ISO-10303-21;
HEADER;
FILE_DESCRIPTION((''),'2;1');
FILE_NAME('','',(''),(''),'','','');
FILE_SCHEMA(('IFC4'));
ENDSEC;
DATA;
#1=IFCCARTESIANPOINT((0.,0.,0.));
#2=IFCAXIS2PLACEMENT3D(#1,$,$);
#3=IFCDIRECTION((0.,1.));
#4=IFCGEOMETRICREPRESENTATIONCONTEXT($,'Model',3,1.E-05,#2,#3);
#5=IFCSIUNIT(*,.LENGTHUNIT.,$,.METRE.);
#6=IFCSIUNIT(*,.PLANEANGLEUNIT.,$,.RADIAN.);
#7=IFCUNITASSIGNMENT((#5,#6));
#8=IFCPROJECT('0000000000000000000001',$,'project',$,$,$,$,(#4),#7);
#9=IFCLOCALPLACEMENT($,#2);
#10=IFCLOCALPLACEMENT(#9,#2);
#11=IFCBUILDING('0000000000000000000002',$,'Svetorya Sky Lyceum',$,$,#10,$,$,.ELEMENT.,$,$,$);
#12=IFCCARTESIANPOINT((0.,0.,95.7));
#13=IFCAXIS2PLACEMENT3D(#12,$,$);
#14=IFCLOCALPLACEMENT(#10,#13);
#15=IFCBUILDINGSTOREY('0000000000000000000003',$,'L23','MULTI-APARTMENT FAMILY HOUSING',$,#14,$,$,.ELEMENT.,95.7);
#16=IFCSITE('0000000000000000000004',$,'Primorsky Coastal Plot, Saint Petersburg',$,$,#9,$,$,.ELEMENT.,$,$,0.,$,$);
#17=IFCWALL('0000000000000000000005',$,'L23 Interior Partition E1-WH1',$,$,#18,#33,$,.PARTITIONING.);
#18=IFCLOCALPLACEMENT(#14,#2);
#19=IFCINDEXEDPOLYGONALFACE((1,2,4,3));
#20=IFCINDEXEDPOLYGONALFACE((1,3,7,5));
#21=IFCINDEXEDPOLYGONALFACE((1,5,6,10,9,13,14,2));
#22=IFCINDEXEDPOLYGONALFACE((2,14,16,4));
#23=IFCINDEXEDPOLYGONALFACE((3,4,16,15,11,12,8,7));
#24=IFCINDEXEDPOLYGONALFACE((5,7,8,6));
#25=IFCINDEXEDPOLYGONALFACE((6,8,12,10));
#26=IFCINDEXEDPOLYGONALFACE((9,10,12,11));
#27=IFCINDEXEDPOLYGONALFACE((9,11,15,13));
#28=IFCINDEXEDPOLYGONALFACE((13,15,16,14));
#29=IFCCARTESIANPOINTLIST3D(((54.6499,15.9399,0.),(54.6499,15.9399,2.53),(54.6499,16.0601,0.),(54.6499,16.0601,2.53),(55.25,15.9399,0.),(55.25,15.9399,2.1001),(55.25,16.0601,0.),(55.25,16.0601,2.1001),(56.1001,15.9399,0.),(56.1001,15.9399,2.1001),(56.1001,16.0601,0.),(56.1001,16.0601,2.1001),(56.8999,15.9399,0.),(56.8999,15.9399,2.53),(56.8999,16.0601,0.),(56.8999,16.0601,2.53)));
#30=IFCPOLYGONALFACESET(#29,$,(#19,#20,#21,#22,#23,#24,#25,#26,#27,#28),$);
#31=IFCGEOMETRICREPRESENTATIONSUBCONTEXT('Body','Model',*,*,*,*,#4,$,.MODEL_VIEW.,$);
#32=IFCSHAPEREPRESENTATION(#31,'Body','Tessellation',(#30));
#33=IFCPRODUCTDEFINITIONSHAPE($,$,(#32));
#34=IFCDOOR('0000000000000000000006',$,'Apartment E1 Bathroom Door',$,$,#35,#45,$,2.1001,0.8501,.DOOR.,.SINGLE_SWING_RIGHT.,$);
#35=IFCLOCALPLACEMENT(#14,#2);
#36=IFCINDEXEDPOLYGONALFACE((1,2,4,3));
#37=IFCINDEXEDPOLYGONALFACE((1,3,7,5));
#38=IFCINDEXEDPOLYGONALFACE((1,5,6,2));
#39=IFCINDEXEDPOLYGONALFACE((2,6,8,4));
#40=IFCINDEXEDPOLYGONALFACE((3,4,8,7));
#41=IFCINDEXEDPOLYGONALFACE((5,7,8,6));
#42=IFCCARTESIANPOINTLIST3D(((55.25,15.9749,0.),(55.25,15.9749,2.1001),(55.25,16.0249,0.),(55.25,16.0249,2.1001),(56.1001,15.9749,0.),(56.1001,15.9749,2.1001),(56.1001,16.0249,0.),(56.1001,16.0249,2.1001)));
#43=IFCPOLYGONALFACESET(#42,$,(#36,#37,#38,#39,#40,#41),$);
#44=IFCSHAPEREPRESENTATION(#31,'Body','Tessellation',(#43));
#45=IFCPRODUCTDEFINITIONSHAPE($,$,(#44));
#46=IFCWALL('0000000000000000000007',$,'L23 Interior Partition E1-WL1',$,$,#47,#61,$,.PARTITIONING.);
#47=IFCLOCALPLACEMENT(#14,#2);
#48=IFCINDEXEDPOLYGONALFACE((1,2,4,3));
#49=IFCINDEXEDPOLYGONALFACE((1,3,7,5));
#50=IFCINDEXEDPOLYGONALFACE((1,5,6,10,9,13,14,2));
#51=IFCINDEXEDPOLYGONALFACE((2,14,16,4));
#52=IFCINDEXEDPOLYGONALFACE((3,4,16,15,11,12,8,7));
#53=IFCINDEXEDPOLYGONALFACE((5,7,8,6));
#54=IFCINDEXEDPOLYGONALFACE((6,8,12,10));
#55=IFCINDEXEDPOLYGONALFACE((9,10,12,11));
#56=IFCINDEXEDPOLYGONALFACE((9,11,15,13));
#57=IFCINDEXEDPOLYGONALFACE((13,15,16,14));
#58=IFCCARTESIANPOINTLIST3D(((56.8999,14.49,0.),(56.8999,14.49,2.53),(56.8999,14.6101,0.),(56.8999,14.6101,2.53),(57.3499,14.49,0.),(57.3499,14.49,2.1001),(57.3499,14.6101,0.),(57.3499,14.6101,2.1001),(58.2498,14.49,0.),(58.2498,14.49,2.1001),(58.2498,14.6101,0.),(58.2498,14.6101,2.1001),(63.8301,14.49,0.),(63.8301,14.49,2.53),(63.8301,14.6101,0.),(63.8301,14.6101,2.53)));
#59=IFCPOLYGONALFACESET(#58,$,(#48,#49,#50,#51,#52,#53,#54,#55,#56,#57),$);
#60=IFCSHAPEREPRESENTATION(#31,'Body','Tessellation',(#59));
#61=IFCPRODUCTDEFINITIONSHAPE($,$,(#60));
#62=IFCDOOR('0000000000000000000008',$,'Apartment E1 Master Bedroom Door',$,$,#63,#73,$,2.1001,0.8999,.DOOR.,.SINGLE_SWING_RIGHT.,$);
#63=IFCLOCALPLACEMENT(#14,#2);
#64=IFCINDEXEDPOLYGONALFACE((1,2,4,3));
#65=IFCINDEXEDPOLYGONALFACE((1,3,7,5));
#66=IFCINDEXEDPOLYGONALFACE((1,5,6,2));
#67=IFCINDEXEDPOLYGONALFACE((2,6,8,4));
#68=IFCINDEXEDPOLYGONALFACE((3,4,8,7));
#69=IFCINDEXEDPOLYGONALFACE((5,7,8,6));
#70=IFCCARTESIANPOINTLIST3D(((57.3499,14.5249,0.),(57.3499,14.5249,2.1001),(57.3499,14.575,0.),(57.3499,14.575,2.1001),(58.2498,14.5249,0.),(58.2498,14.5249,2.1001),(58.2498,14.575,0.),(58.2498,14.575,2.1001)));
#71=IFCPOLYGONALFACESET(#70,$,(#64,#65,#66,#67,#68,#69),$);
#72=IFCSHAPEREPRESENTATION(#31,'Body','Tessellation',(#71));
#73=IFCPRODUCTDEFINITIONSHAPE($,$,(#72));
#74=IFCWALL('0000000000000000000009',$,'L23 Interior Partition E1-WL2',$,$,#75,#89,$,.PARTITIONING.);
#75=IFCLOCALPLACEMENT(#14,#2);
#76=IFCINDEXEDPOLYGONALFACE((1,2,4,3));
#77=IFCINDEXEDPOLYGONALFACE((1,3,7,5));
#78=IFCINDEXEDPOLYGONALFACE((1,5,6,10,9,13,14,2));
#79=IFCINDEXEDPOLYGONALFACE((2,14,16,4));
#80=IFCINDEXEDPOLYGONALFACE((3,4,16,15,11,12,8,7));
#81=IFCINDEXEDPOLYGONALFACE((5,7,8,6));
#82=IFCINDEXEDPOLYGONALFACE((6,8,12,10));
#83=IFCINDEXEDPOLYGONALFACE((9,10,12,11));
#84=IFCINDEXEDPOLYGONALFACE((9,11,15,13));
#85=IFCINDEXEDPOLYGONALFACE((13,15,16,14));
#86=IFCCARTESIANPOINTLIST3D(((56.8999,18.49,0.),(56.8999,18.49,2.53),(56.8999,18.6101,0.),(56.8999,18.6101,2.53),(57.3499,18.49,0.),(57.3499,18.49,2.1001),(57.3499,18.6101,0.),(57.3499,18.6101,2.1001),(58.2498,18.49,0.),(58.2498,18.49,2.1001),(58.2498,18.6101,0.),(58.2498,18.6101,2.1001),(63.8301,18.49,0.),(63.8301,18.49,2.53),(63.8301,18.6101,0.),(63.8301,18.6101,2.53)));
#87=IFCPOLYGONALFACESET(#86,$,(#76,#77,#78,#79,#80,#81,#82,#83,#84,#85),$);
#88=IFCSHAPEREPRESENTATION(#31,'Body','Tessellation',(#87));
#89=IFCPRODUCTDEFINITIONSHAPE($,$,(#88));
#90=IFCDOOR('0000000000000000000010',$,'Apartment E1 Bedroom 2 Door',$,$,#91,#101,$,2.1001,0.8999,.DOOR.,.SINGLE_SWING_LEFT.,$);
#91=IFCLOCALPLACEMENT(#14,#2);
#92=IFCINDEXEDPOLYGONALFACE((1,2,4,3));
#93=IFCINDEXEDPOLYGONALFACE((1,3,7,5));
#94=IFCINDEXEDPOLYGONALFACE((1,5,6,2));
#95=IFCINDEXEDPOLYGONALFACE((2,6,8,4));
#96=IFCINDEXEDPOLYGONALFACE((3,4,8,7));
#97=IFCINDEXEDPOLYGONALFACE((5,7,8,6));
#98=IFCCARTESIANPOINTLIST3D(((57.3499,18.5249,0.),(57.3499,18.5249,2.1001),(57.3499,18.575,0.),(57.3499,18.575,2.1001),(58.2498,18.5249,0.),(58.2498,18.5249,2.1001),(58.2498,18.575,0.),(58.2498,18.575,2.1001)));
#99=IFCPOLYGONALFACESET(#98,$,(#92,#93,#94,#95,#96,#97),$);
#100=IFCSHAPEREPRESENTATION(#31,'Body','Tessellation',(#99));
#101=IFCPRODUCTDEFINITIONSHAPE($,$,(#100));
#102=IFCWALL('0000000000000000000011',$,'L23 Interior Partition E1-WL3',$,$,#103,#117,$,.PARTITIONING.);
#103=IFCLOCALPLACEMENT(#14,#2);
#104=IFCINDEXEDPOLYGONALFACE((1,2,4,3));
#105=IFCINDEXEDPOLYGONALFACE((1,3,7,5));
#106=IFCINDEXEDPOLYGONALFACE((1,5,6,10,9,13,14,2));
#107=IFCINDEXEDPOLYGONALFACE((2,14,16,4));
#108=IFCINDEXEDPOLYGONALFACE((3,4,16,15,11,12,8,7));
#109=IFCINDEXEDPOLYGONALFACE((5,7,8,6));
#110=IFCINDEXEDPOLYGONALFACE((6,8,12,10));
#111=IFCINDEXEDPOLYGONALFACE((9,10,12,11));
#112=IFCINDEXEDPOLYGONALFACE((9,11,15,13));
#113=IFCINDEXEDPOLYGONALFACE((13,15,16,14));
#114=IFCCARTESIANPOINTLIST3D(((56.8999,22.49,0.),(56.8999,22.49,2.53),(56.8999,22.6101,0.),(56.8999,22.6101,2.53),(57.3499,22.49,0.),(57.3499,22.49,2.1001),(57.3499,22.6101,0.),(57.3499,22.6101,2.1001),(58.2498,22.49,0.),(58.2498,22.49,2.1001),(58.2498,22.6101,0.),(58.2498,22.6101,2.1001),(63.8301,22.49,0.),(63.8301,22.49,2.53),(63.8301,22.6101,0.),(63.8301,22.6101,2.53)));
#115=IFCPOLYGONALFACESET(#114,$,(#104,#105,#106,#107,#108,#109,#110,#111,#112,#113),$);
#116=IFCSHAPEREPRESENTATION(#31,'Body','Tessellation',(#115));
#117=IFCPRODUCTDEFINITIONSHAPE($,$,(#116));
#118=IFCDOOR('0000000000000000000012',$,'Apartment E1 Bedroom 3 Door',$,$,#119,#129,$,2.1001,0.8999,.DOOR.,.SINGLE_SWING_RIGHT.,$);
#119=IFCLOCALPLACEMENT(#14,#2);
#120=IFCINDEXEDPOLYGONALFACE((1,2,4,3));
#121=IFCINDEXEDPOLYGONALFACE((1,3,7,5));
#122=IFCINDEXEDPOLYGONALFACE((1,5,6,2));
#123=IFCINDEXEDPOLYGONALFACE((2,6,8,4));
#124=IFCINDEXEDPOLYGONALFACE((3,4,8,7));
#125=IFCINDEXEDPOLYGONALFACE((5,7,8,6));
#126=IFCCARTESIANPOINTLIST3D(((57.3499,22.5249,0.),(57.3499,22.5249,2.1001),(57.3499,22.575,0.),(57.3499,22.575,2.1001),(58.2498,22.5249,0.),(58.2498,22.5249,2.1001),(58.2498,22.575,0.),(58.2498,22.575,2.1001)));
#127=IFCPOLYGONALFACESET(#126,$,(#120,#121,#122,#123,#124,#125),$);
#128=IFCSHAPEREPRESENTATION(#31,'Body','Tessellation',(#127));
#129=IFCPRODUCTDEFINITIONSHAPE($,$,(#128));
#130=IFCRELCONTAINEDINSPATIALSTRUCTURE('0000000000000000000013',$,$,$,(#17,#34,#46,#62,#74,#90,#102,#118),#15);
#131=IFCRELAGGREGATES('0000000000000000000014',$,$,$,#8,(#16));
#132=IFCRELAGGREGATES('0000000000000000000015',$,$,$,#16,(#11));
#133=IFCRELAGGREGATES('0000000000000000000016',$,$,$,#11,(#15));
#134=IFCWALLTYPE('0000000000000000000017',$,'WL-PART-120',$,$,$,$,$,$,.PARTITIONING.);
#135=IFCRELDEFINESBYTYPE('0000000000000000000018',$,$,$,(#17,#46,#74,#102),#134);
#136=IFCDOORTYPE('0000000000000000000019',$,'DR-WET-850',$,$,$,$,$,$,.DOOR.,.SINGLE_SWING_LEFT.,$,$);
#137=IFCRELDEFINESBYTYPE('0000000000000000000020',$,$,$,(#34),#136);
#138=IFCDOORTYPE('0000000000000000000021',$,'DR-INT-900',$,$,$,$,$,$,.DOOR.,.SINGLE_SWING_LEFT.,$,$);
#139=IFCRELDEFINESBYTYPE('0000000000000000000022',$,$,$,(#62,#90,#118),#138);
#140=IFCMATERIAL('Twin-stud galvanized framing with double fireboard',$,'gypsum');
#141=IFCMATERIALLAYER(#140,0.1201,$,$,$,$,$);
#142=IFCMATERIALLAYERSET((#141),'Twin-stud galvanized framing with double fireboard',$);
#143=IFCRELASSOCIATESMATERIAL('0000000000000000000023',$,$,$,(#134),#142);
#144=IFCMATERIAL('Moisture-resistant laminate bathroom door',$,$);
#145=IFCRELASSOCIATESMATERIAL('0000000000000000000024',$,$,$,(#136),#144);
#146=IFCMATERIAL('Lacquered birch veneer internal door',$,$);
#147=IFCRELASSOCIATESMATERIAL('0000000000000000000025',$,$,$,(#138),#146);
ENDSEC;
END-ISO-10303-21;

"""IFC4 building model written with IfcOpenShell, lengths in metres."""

from ifc_helpers import new_model, si_unit, direction, frame, frame_2d, origin, place, context, subcontext, project, spatial, rectangle, extrude, material, layer, layer_set, type_object, element, fill, save


model = new_model("IFC4")

# Units and contexts
model_context = context("Model", 3, precision=1e-05, world=origin(), true_north=direction((0.0, 1.0)))
body_context = subcontext(model_context, "Body", "Model", "MODEL_VIEW")
ifc_project = project(units=[si_unit("LENGTHUNIT", "METRE"), si_unit("PLANEANGLEUNIT", "RADIAN")], contexts=[model_context])

# Site, building, storey
site_placement = place(None, origin())
site = spatial("IfcSite", under=ifc_project, at=site_placement, Name="Primorsky Coastal Plot, Saint Petersburg", CompositionType="ELEMENT", RefElevation=0.0)
building_placement = place(site_placement, origin())
building = spatial("IfcBuilding", under=site, at=building_placement, Name="Svetorya Sky Lyceum", CompositionType="ELEMENT")
storey_placement = place(building_placement, frame((0.0, 0.0, 95.7)))
storey = spatial("IfcBuildingStorey", under=building, at=storey_placement, Name="L23", Description="MULTI-APARTMENT FAMILY HOUSING", CompositionType="ELEMENT", Elevation=95.7)

# Walls, openings, doors
ifc_material_1 = material(Name="Twin-stud galvanized framing with double fireboard", Category="gypsum")
ifc_layer_1 = layer(ifc_material_1, 0.1201)
ifc_layer_set_1 = layer_set([ifc_layer_1], Name="Twin-stud galvanized framing with double fireboard")
wall_type_1 = type_object("IfcWallType", Name="WL-PART-120", PredefinedType="PARTITIONING", material=ifc_layer_set_1)
wall_1_placement = place(storey_placement, frame((54.6499, 16.0, 0.0), z_axis=(0.0, 0.0, 1.0), x_axis=(1.0, 0.0, 0.0)))
wall_1 = element("IfcWall", 1, at=wall_1_placement, inside=storey, type_object=wall_type_1, Name="L23 Interior Partition E1-WH1", PredefinedType="PARTITIONING", context=body_context, shape_type="SweptSolid", body=[
    extrude(rectangle(XDim=2.25, YDim=0.1201, at=frame_2d((1.125, 0.0))), origin(), (0.0, 0.0, 1.0), 2.53),
])
opening_1_placement = place(wall_1_placement, frame((0.6001, 0.0, 0.0)))
opening_1 = element("IfcOpeningElement", 2, at=opening_1_placement, cuts=wall_1, PredefinedType="OPENING", context=body_context, shape_type="SweptSolid", body=[
    extrude(rectangle(XDim=0.8501, YDim=2.1001, at=frame_2d((0.425, 1.05))), frame((0.0, 0.0701, 0.0), z_axis=(0.0, -1.0, 0.0), x_axis=(1.0, 0.0, 0.0)), (0.0, 0.0, 1.0), 0.1401),
])
ifc_material_2 = material(Name="Moisture-resistant laminate bathroom door")
door_type_1 = type_object("IfcDoorType", Name="DR-WET-850", OperationType="SINGLE_SWING_LEFT", PredefinedType="DOOR", material=ifc_material_2)
door_1_placement = place(opening_1_placement, origin())
door_1 = element("IfcDoor", 3, at=door_1_placement, inside=storey, type_object=door_type_1, Name="Apartment E1 Bathroom Door", OperationType="SINGLE_SWING_RIGHT", OverallHeight=2.1001, OverallWidth=0.8501, PredefinedType="DOOR", context=body_context, shape_type="SweptSolid", body=[
    extrude(rectangle(XDim=0.8501, YDim=2.1001, at=frame_2d((0.425, 1.05))), frame((0.0, 0.0249, 0.0), z_axis=(0.0, -1.0, 0.0), x_axis=(1.0, 0.0, 0.0)), (0.0, 0.0, 1.0), 0.05),
])
fill(opening_1, door_1)
wall_2_placement = place(storey_placement, frame((56.8999, 14.55, 0.0), z_axis=(0.0, 0.0, 1.0), x_axis=(1.0, 0.0, 0.0)))
wall_2 = element("IfcWall", 4, at=wall_2_placement, inside=storey, type_object=wall_type_1, Name="L23 Interior Partition E1-WL1", PredefinedType="PARTITIONING", context=body_context, shape_type="SweptSolid", body=[
    extrude(rectangle(XDim=6.9302, YDim=0.1201, at=frame_2d((3.4651, 0.0))), origin(), (0.0, 0.0, 1.0), 2.53),
])
opening_2_placement = place(wall_2_placement, frame((0.45, 0.0, 0.0)))
opening_2 = element("IfcOpeningElement", 5, at=opening_2_placement, cuts=wall_2, PredefinedType="OPENING", context=body_context, shape_type="SweptSolid", body=[
    extrude(rectangle(XDim=0.8999, YDim=2.1001, at=frame_2d((0.45, 1.05))), frame((0.0, 0.0701, 0.0), z_axis=(0.0, -1.0, 0.0), x_axis=(1.0, 0.0, 0.0)), (0.0, 0.0, 1.0), 0.1401),
])
ifc_material_3 = material(Name="Lacquered birch veneer internal door")
door_type_2 = type_object("IfcDoorType", Name="DR-INT-900", OperationType="SINGLE_SWING_LEFT", PredefinedType="DOOR", material=ifc_material_3)
door_2_placement = place(opening_2_placement, origin())
door_2 = element("IfcDoor", 6, at=door_2_placement, inside=storey, type_object=door_type_2, Name="Apartment E1 Master Bedroom Door", OperationType="SINGLE_SWING_RIGHT", OverallHeight=2.1001, OverallWidth=0.8999, PredefinedType="DOOR", context=body_context, shape_type="SweptSolid", body=[
    extrude(rectangle(XDim=0.8999, YDim=2.1001, at=frame_2d((0.45, 1.05))), frame((0.0, 0.0249, 0.0), z_axis=(0.0, -1.0, 0.0), x_axis=(1.0, 0.0, 0.0)), (0.0, 0.0, 1.0), 0.05),
])
fill(opening_2, door_2)
wall_3_placement = place(storey_placement, frame((56.8999, 18.55, 0.0), z_axis=(0.0, 0.0, 1.0), x_axis=(1.0, 0.0, 0.0)))
wall_3 = element("IfcWall", 7, at=wall_3_placement, inside=storey, type_object=wall_type_1, Name="L23 Interior Partition E1-WL2", PredefinedType="PARTITIONING", context=body_context, shape_type="SweptSolid", body=[
    extrude(rectangle(XDim=6.9302, YDim=0.1201, at=frame_2d((3.4651, 0.0))), origin(), (0.0, 0.0, 1.0), 2.53),
])
opening_3_placement = place(wall_3_placement, frame((0.45, 0.0, 0.0)))
opening_3 = element("IfcOpeningElement", 8, at=opening_3_placement, cuts=wall_3, PredefinedType="OPENING", context=body_context, shape_type="SweptSolid", body=[
    extrude(rectangle(XDim=0.8999, YDim=2.1001, at=frame_2d((0.45, 1.05))), frame((0.0, 0.0701, 0.0), z_axis=(0.0, -1.0, 0.0), x_axis=(1.0, 0.0, 0.0)), (0.0, 0.0, 1.0), 0.1401),
])
door_3_placement = place(opening_3_placement, origin())
door_3 = element("IfcDoor", 9, at=door_3_placement, inside=storey, type_object=door_type_2, Name="Apartment E1 Bedroom 2 Door", OperationType="SINGLE_SWING_LEFT", OverallHeight=2.1001, OverallWidth=0.8999, PredefinedType="DOOR", context=body_context, shape_type="SweptSolid", body=[
    extrude(rectangle(XDim=0.8999, YDim=2.1001, at=frame_2d((0.45, 1.05))), frame((0.0, 0.0249, 0.0), z_axis=(0.0, -1.0, 0.0), x_axis=(1.0, 0.0, 0.0)), (0.0, 0.0, 1.0), 0.05),
])
fill(opening_3, door_3)
wall_4_placement = place(storey_placement, frame((56.8999, 22.55, 0.0), z_axis=(0.0, 0.0, 1.0), x_axis=(1.0, 0.0, 0.0)))
wall_4 = element("IfcWall", 10, at=wall_4_placement, inside=storey, type_object=wall_type_1, Name="L23 Interior Partition E1-WL3", PredefinedType="PARTITIONING", context=body_context, shape_type="SweptSolid", body=[
    extrude(rectangle(XDim=6.9302, YDim=0.1201, at=frame_2d((3.4651, 0.0))), origin(), (0.0, 0.0, 1.0), 2.53),
])
opening_4_placement = place(wall_4_placement, frame((0.45, 0.0, 0.0)))
opening_4 = element("IfcOpeningElement", 11, at=opening_4_placement, cuts=wall_4, PredefinedType="OPENING", context=body_context, shape_type="SweptSolid", body=[
    extrude(rectangle(XDim=0.8999, YDim=2.1001, at=frame_2d((0.45, 1.05))), frame((0.0, 0.0701, 0.0), z_axis=(0.0, -1.0, 0.0), x_axis=(1.0, 0.0, 0.0)), (0.0, 0.0, 1.0), 0.1401),
])
door_4_placement = place(opening_4_placement, origin())
door_4 = element("IfcDoor", 12, at=door_4_placement, inside=storey, type_object=door_type_2, Name="Apartment E1 Bedroom 3 Door", OperationType="SINGLE_SWING_RIGHT", OverallHeight=2.1001, OverallWidth=0.8999, PredefinedType="DOOR", context=body_context, shape_type="SweptSolid", body=[
    extrude(rectangle(XDim=0.8999, YDim=2.1001, at=frame_2d((0.45, 1.05))), frame((0.0, 0.0249, 0.0), z_axis=(0.0, -1.0, 0.0), x_axis=(1.0, 0.0, 0.0)), (0.0, 0.0, 1.0), 0.05),
])
fill(opening_4, door_4)

save(model, "model.ifc")
